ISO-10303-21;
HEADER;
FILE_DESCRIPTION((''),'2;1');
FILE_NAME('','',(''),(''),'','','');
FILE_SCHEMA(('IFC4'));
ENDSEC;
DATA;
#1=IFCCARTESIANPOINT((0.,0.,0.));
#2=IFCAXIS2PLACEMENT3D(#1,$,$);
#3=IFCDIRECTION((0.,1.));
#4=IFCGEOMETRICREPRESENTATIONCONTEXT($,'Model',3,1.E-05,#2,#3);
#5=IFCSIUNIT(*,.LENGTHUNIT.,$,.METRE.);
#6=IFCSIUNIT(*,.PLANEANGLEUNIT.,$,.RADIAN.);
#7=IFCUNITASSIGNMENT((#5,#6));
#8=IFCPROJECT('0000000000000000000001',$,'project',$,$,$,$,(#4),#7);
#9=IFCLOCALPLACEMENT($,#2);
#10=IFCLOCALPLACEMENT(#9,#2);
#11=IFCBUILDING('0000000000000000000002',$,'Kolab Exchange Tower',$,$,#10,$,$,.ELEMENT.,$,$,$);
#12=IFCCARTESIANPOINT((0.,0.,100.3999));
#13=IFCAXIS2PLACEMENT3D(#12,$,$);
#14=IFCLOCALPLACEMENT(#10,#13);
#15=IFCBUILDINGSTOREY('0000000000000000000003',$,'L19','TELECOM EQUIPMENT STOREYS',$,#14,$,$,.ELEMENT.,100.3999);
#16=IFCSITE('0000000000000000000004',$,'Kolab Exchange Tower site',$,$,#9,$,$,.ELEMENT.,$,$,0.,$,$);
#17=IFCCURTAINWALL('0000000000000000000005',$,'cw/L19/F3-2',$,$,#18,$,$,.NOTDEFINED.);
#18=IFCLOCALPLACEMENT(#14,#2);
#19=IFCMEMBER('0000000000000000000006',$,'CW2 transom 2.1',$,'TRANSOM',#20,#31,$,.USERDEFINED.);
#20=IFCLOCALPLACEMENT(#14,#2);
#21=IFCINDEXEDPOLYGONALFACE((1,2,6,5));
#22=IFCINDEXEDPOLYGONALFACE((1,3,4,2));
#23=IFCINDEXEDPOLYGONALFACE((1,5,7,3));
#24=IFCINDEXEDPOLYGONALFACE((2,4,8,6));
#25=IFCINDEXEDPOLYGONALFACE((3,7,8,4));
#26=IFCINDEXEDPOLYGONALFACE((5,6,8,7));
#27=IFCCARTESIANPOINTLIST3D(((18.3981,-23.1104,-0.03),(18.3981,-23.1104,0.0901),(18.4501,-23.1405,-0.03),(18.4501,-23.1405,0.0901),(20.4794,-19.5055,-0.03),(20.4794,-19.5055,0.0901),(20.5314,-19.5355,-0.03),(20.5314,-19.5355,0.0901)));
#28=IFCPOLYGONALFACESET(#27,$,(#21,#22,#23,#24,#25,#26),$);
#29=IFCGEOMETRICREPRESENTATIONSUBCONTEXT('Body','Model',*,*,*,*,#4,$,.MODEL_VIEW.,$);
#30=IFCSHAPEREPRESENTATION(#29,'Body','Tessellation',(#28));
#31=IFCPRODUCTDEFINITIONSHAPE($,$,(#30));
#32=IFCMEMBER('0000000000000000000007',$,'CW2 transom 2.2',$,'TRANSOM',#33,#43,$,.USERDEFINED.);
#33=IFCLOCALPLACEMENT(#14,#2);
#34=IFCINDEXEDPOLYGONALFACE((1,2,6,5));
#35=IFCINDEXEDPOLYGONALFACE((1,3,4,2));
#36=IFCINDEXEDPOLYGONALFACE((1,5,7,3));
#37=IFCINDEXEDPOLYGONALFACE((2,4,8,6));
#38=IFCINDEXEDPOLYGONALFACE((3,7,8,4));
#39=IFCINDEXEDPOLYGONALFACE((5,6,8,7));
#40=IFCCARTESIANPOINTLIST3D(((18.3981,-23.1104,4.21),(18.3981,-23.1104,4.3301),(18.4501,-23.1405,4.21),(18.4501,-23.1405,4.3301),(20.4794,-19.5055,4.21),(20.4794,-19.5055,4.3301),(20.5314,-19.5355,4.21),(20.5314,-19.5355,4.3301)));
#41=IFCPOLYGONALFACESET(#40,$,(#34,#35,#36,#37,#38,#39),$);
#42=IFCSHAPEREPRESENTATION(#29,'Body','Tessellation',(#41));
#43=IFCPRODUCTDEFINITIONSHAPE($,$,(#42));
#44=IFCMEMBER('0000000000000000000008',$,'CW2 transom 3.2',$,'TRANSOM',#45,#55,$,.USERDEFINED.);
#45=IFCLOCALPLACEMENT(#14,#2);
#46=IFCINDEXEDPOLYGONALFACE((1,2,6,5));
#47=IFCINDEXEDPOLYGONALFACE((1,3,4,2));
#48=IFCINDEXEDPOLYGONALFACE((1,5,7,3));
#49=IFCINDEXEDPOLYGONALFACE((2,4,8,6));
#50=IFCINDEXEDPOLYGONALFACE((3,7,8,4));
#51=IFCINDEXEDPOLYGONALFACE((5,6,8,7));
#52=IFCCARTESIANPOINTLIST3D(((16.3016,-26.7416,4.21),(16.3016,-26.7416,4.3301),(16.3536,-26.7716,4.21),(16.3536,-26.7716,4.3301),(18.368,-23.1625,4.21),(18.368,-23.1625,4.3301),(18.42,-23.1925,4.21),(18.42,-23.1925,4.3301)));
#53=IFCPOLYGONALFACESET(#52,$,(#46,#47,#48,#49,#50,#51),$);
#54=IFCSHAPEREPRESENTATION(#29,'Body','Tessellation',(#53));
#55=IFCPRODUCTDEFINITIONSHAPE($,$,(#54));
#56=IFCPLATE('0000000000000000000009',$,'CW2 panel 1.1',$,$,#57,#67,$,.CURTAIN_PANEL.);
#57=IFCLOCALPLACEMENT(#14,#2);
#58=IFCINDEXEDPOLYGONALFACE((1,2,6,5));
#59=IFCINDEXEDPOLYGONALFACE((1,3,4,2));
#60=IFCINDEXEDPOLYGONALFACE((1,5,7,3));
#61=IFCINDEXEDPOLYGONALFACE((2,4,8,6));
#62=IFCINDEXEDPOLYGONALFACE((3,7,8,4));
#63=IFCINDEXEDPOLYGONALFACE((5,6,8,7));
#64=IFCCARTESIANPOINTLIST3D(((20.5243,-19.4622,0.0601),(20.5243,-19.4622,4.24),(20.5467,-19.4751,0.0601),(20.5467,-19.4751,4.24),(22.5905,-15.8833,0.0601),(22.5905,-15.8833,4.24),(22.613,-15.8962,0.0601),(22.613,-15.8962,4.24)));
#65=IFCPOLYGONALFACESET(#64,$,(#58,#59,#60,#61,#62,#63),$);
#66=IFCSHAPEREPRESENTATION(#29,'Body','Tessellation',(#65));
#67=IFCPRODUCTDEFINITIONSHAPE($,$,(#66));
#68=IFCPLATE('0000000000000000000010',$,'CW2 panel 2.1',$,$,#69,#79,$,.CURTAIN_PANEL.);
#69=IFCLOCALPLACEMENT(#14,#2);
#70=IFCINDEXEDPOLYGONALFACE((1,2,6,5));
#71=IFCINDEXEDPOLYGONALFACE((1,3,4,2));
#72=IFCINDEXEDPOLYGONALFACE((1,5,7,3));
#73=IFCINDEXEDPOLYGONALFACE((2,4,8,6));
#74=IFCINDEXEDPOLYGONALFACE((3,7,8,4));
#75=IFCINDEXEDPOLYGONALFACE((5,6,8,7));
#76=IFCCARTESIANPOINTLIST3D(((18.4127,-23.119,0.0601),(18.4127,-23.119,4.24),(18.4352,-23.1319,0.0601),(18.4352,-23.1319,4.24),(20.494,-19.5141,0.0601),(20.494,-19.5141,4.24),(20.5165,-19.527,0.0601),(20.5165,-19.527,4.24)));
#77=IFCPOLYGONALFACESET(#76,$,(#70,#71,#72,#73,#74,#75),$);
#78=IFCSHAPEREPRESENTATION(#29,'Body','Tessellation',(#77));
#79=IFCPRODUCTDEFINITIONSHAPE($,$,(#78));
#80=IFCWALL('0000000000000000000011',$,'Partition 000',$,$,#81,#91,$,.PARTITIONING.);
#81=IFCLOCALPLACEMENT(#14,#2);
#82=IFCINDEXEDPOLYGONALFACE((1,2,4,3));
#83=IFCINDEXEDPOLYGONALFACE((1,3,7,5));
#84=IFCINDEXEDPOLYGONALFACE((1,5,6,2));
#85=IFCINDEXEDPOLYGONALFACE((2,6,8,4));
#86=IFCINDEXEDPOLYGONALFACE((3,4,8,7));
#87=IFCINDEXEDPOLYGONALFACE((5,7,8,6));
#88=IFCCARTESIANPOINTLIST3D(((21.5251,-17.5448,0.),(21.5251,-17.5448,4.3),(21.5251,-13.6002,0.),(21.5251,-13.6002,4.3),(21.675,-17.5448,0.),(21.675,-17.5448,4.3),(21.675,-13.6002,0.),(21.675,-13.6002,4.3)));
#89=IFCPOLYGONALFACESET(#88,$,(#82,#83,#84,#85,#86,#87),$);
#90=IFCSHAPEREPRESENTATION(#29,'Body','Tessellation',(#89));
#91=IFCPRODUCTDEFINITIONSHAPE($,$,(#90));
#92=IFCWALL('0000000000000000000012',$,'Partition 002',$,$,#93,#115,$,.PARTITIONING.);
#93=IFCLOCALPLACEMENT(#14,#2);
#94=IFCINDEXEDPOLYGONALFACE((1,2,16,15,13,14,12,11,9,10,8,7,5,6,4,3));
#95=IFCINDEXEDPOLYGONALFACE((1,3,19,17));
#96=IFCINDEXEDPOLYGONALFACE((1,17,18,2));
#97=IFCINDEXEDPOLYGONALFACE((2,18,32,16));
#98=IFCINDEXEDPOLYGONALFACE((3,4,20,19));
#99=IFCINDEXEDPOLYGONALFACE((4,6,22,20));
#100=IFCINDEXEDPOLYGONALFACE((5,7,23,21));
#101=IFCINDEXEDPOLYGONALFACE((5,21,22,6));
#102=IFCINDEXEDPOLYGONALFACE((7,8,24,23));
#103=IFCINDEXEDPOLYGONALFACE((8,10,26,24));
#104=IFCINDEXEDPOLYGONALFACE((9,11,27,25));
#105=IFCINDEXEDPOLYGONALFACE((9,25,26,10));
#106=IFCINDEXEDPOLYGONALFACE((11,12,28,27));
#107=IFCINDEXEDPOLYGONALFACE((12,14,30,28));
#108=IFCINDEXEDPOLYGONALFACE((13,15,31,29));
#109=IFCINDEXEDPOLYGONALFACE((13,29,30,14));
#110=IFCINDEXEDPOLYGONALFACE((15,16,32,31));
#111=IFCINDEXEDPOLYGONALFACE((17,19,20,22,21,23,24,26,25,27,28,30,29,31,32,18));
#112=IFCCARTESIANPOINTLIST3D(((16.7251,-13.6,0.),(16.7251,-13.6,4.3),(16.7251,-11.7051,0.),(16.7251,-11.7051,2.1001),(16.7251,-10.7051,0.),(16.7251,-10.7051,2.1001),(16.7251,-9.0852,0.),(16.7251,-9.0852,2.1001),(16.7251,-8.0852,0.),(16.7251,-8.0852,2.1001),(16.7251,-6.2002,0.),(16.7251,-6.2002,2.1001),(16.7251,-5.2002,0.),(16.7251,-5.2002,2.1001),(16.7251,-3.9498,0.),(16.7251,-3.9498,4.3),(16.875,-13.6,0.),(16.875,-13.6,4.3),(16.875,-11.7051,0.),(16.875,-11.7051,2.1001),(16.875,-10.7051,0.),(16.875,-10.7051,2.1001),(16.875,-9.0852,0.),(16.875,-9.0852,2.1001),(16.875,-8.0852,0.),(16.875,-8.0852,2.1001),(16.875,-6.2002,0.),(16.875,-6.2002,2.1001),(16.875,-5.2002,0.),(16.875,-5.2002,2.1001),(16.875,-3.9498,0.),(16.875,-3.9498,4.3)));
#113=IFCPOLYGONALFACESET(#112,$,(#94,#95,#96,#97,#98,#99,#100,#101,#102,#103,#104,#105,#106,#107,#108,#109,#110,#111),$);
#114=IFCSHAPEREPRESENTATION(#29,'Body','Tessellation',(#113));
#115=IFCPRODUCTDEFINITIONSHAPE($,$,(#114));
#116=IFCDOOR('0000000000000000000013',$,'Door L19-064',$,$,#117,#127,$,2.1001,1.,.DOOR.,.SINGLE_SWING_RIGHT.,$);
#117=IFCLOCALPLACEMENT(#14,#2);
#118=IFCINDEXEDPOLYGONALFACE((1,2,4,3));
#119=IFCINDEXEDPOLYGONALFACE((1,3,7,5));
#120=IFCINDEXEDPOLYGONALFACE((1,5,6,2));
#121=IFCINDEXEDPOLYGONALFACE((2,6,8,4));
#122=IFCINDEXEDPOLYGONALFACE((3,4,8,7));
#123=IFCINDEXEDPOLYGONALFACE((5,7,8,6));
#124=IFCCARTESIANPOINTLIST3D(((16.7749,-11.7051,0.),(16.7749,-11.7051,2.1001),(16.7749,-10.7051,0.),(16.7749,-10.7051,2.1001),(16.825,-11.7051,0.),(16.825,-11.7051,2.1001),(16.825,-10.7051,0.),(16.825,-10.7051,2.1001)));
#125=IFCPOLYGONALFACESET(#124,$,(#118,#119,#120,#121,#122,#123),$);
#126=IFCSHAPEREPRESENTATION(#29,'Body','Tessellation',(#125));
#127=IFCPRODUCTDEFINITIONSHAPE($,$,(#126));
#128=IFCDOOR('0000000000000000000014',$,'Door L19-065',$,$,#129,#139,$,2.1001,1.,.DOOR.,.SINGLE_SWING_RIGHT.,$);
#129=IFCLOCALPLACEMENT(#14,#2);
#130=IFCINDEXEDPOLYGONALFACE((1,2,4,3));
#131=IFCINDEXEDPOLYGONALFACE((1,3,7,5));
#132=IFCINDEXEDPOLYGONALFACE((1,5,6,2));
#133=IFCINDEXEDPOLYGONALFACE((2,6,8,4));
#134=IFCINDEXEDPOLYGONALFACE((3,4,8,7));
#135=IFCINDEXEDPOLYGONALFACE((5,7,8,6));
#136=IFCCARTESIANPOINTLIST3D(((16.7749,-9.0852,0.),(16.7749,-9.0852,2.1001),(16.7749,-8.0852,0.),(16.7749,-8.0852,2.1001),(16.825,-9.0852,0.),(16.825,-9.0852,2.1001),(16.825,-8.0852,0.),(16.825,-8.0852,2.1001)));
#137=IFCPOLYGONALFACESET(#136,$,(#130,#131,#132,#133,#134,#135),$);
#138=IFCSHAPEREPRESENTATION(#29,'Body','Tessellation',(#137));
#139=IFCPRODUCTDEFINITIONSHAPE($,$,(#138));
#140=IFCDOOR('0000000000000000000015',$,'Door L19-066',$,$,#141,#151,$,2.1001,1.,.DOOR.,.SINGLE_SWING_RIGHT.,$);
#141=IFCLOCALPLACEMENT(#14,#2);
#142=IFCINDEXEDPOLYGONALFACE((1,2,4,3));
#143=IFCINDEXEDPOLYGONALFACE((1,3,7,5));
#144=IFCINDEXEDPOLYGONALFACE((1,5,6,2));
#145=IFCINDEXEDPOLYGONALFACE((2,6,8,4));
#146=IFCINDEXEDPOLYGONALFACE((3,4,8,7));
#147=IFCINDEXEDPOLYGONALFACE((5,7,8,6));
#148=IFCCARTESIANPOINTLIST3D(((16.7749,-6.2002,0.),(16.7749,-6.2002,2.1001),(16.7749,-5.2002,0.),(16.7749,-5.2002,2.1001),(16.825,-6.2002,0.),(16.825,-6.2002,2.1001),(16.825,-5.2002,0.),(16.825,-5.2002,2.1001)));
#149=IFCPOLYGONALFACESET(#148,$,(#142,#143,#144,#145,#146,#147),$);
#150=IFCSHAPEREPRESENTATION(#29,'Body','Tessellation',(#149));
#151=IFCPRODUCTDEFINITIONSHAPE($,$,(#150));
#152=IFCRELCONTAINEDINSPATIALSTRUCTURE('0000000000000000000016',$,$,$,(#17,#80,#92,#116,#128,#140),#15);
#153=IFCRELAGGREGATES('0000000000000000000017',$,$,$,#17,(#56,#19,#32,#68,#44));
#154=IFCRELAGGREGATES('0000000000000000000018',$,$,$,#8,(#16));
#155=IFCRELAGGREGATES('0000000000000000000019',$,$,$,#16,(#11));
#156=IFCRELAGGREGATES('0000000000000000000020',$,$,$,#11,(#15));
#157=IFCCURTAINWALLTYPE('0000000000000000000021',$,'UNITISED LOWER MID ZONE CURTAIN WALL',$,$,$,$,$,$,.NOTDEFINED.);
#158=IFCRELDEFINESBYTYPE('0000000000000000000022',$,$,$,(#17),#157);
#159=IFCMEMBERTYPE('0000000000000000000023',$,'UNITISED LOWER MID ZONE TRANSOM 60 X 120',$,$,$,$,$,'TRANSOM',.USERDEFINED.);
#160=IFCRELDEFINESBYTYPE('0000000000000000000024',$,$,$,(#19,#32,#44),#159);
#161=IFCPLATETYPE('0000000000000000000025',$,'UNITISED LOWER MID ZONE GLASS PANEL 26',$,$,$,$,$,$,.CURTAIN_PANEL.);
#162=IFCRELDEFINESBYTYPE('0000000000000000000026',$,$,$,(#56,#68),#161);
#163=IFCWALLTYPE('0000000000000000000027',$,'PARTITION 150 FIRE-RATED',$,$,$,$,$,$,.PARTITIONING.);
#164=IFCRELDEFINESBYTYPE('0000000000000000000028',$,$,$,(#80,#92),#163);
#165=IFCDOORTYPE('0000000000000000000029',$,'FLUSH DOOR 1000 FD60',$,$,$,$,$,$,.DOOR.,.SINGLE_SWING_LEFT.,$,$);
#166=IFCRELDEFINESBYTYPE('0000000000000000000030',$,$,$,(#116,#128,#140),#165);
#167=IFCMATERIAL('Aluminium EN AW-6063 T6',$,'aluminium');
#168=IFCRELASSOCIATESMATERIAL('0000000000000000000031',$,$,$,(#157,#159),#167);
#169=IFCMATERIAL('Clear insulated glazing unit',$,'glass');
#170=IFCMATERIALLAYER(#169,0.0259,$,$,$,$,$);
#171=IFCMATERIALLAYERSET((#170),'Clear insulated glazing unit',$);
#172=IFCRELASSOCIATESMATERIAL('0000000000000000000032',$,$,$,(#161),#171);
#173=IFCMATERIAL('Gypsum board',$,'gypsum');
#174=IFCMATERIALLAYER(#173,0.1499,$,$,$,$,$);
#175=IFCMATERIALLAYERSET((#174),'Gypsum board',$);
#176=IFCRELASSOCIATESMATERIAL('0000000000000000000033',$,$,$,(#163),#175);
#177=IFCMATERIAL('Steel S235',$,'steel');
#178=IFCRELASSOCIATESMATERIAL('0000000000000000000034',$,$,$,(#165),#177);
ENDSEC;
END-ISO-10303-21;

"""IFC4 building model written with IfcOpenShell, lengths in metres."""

from ifc_helpers import new_model, si_unit, direction, frame, frame_2d, origin, origin_2d, place, context, subcontext, project, spatial, rectangle, extrude, material, layer, layer_set, material_profile, profile_set, type_object, element, fill, aggregate, save


model = new_model("IFC4")

# Units and contexts
model_context = context("Model", 3, precision=1e-05, world=origin(), true_north=direction((0.0, 1.0)))
body_context = subcontext(model_context, "Body", "Model", "MODEL_VIEW")
ifc_project = project(units=[si_unit("LENGTHUNIT", "METRE"), si_unit("PLANEANGLEUNIT", "RADIAN")], contexts=[model_context])

# Site, building, storey
site_placement = place(None, origin())
site = spatial("IfcSite", under=ifc_project, at=site_placement, Name="Kolab Exchange Tower site", CompositionType="ELEMENT", RefElevation=0.0)
building_placement = place(site_placement, origin())
building = spatial("IfcBuilding", under=site, at=building_placement, Name="Kolab Exchange Tower", CompositionType="ELEMENT")
storey_placement = place(building_placement, frame((0.0, 0.0, 100.3999)))
storey = spatial("IfcBuildingStorey", under=building, at=storey_placement, Name="L19", Description="TELECOM EQUIPMENT STOREYS", CompositionType="ELEMENT", Elevation=100.3999)

# Curtain wall, members, plates
ifc_material_1 = material(Name="Aluminium EN AW-6063 T6", Category="aluminium")
curtain_wall_type = type_object("IfcCurtainWallType", Name="UNITISED LOWER MID ZONE CURTAIN WALL", PredefinedType="NOTDEFINED", material=ifc_material_1)
curtain_wall_placement = place(storey_placement, origin())
curtain_wall = element("IfcCurtainWall", 1, at=curtain_wall_placement, inside=storey, type_object=curtain_wall_type, Name="cw/L19/F3-2", PredefinedType="NOTDEFINED")
ifc_material_profile_1 = material_profile(ifc_material_1, rectangle(XDim=0.0601, YDim=0.1201, at=origin_2d()), Name="RECT 60X120")
ifc_profile_set_1 = profile_set([ifc_material_profile_1], Name="Aluminium EN AW-6063 T6")
member_type_1 = type_object("IfcMemberType", Name="UNITISED LOWER MID ZONE TRANSOM 60 X 120", ElementType="TRANSOM", PredefinedType="USERDEFINED", material=ifc_profile_set_1)
member_1_placement = place(storey_placement, frame((20.5054, -19.5205, 0.03), z_axis=(-0.499993, -0.866029, 0.0), x_axis=(0.866029, -0.499993, 0.0)))
member_1 = element("IfcMember", 2, at=member_1_placement, type_object=member_type_1, Name="CW2 transom 2.1", ObjectType="TRANSOM", PredefinedType="USERDEFINED", context=body_context, shape_type="SweptSolid", body=[
    extrude(rectangle(XDim=0.0601, YDim=0.1201, at=origin_2d()), origin(), (0.0, 0.0, 1.0), 4.1626),
])
member_2_placement = place(storey_placement, frame((20.5054, -19.5205, 4.27), z_axis=(-0.499993, -0.866029, 0.0), x_axis=(0.866029, -0.499993, 0.0)))
member_2 = element("IfcMember", 3, at=member_2_placement, type_object=member_type_1, Name="CW2 transom 2.2", ObjectType="TRANSOM", PredefinedType="USERDEFINED", context=body_context, shape_type="SweptSolid", body=[
    extrude(rectangle(XDim=0.0601, YDim=0.1201, at=origin_2d()), origin(), (0.0, 0.0, 1.0), 4.1626),
])
member_3_placement = place(storey_placement, frame((18.394, -23.1775, 4.27), z_axis=(-0.500002, -0.866024, 0.0), x_axis=(0.866024, -0.500002, 0.0)))
member_3 = element("IfcMember", 4, at=member_3_placement, type_object=member_type_1, Name="CW2 transom 3.2", ObjectType="TRANSOM", PredefinedType="USERDEFINED", context=body_context, shape_type="SweptSolid", body=[
    extrude(rectangle(XDim=0.0601, YDim=0.1201, at=origin_2d()), origin(), (0.0, 0.0, 1.0), 4.1328),
])
ifc_material_2 = material(Name="Clear insulated glazing unit", Category="glass")
ifc_layer_1 = layer(ifc_material_2, 0.0259)
ifc_layer_set_1 = layer_set([ifc_layer_1], Name="Clear insulated glazing unit")
plate_type = type_object("IfcPlateType", Name="UNITISED LOWER MID ZONE GLASS PANEL 26", PredefinedType="CURTAIN_PANEL", material=ifc_layer_set_1)
plate_1_placement = place(storey_placement, frame((21.5686, -17.6792, 0.0601), z_axis=(0.0, 0.0, 1.0), x_axis=(-0.5, -0.866025, 0.0)))
plate_1 = element("IfcPlate", 5, at=plate_1_placement, type_object=plate_type, Name="CW2 panel 1.1", PredefinedType="CURTAIN_PANEL", context=body_context, shape_type="SweptSolid", body=[
    extrude(rectangle(XDim=4.1326, YDim=0.0259, at=origin_2d()), origin(), (0.0, 0.0, 1.0), 4.1799),
])
plate_2_placement = place(storey_placement, frame((19.4646, -21.323, 0.0601), z_axis=(0.0, 0.0, 1.0), x_axis=(-0.5, -0.866025, 0.0)))
plate_2 = element("IfcPlate", 6, at=plate_2_placement, type_object=plate_type, Name="CW2 panel 2.1", PredefinedType="CURTAIN_PANEL", context=body_context, shape_type="SweptSolid", body=[
    extrude(rectangle(XDim=4.1626, YDim=0.0259, at=origin_2d()), origin(), (0.0, 0.0, 1.0), 4.1799),
])
aggregate(curtain_wall, [plate_1, member_1, member_2, plate_2, member_3])

# Wall
ifc_material_3 = material(Name="Gypsum board", Category="gypsum")
ifc_layer_2 = layer(ifc_material_3, 0.1499)
ifc_layer_set_2 = layer_set([ifc_layer_2], Name="Gypsum board")
wall_type = type_object("IfcWallType", Name="PARTITION 150 FIRE-RATED", PredefinedType="PARTITIONING", material=ifc_layer_set_2)
wall_1_placement = place(storey_placement, frame((21.6001, -17.5447, 0.0), z_axis=(0.0, 0.0, 1.0), x_axis=(0.0, 1.0, 0.0)))
element("IfcWall", 7, at=wall_1_placement, inside=storey, type_object=wall_type, Name="Partition 000", PredefinedType="PARTITIONING", context=body_context, shape_type="SweptSolid", body=[
    extrude(rectangle(XDim=3.9446, YDim=0.1499, at=frame_2d((1.9722, 0.0))), origin(), (0.0, 0.0, 1.0), 4.3),
])

# Wall, openings, doors
wall_2_placement = place(storey_placement, frame((16.8, -13.6001, 0.0), z_axis=(0.0, 0.0, 1.0), x_axis=(0.0, 1.0, 0.0)))
wall_2 = element("IfcWall", 8, at=wall_2_placement, inside=storey, type_object=wall_type, Name="Partition 002", PredefinedType="PARTITIONING", context=body_context, shape_type="SweptSolid", body=[
    extrude(rectangle(XDim=9.6501, YDim=0.1499, at=frame_2d((4.8252, 0.0))), origin(), (0.0, 0.0, 1.0), 4.3),
])
opening_1_placement = place(wall_2_placement, frame((1.895, 0.0, 0.0)))
opening_1 = element("IfcOpeningElement", 9, at=opening_1_placement, cuts=wall_2, PredefinedType="OPENING", context=body_context, shape_type="SweptSolid", body=[
    extrude(rectangle(XDim=1.0, YDim=2.1001, at=frame_2d((0.5, 1.05))), frame((0.0, 0.085, 0.0), z_axis=(0.0, -1.0, 0.0), x_axis=(1.0, 0.0, 0.0)), (0.0, 0.0, 1.0), 0.1699),
])
opening_2_placement = place(wall_2_placement, frame((4.5149, 0.0, 0.0)))
opening_2 = element("IfcOpeningElement", 10, at=opening_2_placement, cuts=wall_2, PredefinedType="OPENING", context=body_context, shape_type="SweptSolid", body=[
    extrude(rectangle(XDim=1.0, YDim=2.1001, at=frame_2d((0.5, 1.05))), frame((0.0, 0.085, 0.0), z_axis=(0.0, -1.0, 0.0), x_axis=(1.0, 0.0, 0.0)), (0.0, 0.0, 1.0), 0.1699),
])
opening_3_placement = place(wall_2_placement, frame((7.3999, 0.0, 0.0)))
opening_3 = element("IfcOpeningElement", 11, at=opening_3_placement, cuts=wall_2, PredefinedType="OPENING", context=body_context, shape_type="SweptSolid", body=[
    extrude(rectangle(XDim=1.0, YDim=2.1001, at=frame_2d((0.5, 1.05))), frame((0.0, 0.085, 0.0), z_axis=(0.0, -1.0, 0.0), x_axis=(1.0, 0.0, 0.0)), (0.0, 0.0, 1.0), 0.1699),
])
ifc_material_4 = material(Name="Steel S235", Category="steel")
door_type = type_object("IfcDoorType", Name="FLUSH DOOR 1000 FD60", OperationType="SINGLE_SWING_LEFT", PredefinedType="DOOR", material=ifc_material_4)
door_1_placement = place(opening_1_placement, frame((1.0, 0.0, 0.0), z_axis=(0.0, 0.0, 1.0), x_axis=(-1.0, 0.0, 0.0)))
door_1 = element("IfcDoor", 12, at=door_1_placement, inside=storey, type_object=door_type, Name="Door L19-064", OperationType="SINGLE_SWING_RIGHT", OverallHeight=2.1001, OverallWidth=1.0, PredefinedType="DOOR", context=body_context, shape_type="SweptSolid", body=[
    extrude(rectangle(XDim=1.0, YDim=2.1001, at=frame_2d((0.5, 1.05))), frame((0.0, 0.0249, 0.0), z_axis=(0.0, -1.0, 0.0), x_axis=(1.0, 0.0, 0.0)), (0.0, 0.0, 1.0), 0.05),
])
fill(opening_1, door_1)
door_2_placement = place(opening_2_placement, frame((1.0, 0.0, 0.0), z_axis=(0.0, 0.0, 1.0), x_axis=(-1.0, 0.0, 0.0)))
door_2 = element("IfcDoor", 13, at=door_2_placement, inside=storey, type_object=door_type, Name="Door L19-065", OperationType="SINGLE_SWING_RIGHT", OverallHeight=2.1001, OverallWidth=1.0, PredefinedType="DOOR", context=body_context, shape_type="SweptSolid", body=[
    extrude(rectangle(XDim=1.0, YDim=2.1001, at=frame_2d((0.5, 1.05))), frame((0.0, 0.0249, 0.0), z_axis=(0.0, -1.0, 0.0), x_axis=(1.0, 0.0, 0.0)), (0.0, 0.0, 1.0), 0.05),
])
fill(opening_2, door_2)
door_3_placement = place(opening_3_placement, frame((1.0, 0.0, 0.0), z_axis=(0.0, 0.0, 1.0), x_axis=(-1.0, 0.0, 0.0)))
door_3 = element("IfcDoor", 14, at=door_3_placement, inside=storey, type_object=door_type, Name="Door L19-066", OperationType="SINGLE_SWING_RIGHT", OverallHeight=2.1001, OverallWidth=1.0, PredefinedType="DOOR", context=body_context, shape_type="SweptSolid", body=[
    extrude(rectangle(XDim=1.0, YDim=2.1001, at=frame_2d((0.5, 1.05))), frame((0.0, 0.0249, 0.0), z_axis=(0.0, -1.0, 0.0), x_axis=(1.0, 0.0, 0.0)), (0.0, 0.0, 1.0), 0.05),
])
fill(opening_3, door_3)

save(model, "model.ifc")
